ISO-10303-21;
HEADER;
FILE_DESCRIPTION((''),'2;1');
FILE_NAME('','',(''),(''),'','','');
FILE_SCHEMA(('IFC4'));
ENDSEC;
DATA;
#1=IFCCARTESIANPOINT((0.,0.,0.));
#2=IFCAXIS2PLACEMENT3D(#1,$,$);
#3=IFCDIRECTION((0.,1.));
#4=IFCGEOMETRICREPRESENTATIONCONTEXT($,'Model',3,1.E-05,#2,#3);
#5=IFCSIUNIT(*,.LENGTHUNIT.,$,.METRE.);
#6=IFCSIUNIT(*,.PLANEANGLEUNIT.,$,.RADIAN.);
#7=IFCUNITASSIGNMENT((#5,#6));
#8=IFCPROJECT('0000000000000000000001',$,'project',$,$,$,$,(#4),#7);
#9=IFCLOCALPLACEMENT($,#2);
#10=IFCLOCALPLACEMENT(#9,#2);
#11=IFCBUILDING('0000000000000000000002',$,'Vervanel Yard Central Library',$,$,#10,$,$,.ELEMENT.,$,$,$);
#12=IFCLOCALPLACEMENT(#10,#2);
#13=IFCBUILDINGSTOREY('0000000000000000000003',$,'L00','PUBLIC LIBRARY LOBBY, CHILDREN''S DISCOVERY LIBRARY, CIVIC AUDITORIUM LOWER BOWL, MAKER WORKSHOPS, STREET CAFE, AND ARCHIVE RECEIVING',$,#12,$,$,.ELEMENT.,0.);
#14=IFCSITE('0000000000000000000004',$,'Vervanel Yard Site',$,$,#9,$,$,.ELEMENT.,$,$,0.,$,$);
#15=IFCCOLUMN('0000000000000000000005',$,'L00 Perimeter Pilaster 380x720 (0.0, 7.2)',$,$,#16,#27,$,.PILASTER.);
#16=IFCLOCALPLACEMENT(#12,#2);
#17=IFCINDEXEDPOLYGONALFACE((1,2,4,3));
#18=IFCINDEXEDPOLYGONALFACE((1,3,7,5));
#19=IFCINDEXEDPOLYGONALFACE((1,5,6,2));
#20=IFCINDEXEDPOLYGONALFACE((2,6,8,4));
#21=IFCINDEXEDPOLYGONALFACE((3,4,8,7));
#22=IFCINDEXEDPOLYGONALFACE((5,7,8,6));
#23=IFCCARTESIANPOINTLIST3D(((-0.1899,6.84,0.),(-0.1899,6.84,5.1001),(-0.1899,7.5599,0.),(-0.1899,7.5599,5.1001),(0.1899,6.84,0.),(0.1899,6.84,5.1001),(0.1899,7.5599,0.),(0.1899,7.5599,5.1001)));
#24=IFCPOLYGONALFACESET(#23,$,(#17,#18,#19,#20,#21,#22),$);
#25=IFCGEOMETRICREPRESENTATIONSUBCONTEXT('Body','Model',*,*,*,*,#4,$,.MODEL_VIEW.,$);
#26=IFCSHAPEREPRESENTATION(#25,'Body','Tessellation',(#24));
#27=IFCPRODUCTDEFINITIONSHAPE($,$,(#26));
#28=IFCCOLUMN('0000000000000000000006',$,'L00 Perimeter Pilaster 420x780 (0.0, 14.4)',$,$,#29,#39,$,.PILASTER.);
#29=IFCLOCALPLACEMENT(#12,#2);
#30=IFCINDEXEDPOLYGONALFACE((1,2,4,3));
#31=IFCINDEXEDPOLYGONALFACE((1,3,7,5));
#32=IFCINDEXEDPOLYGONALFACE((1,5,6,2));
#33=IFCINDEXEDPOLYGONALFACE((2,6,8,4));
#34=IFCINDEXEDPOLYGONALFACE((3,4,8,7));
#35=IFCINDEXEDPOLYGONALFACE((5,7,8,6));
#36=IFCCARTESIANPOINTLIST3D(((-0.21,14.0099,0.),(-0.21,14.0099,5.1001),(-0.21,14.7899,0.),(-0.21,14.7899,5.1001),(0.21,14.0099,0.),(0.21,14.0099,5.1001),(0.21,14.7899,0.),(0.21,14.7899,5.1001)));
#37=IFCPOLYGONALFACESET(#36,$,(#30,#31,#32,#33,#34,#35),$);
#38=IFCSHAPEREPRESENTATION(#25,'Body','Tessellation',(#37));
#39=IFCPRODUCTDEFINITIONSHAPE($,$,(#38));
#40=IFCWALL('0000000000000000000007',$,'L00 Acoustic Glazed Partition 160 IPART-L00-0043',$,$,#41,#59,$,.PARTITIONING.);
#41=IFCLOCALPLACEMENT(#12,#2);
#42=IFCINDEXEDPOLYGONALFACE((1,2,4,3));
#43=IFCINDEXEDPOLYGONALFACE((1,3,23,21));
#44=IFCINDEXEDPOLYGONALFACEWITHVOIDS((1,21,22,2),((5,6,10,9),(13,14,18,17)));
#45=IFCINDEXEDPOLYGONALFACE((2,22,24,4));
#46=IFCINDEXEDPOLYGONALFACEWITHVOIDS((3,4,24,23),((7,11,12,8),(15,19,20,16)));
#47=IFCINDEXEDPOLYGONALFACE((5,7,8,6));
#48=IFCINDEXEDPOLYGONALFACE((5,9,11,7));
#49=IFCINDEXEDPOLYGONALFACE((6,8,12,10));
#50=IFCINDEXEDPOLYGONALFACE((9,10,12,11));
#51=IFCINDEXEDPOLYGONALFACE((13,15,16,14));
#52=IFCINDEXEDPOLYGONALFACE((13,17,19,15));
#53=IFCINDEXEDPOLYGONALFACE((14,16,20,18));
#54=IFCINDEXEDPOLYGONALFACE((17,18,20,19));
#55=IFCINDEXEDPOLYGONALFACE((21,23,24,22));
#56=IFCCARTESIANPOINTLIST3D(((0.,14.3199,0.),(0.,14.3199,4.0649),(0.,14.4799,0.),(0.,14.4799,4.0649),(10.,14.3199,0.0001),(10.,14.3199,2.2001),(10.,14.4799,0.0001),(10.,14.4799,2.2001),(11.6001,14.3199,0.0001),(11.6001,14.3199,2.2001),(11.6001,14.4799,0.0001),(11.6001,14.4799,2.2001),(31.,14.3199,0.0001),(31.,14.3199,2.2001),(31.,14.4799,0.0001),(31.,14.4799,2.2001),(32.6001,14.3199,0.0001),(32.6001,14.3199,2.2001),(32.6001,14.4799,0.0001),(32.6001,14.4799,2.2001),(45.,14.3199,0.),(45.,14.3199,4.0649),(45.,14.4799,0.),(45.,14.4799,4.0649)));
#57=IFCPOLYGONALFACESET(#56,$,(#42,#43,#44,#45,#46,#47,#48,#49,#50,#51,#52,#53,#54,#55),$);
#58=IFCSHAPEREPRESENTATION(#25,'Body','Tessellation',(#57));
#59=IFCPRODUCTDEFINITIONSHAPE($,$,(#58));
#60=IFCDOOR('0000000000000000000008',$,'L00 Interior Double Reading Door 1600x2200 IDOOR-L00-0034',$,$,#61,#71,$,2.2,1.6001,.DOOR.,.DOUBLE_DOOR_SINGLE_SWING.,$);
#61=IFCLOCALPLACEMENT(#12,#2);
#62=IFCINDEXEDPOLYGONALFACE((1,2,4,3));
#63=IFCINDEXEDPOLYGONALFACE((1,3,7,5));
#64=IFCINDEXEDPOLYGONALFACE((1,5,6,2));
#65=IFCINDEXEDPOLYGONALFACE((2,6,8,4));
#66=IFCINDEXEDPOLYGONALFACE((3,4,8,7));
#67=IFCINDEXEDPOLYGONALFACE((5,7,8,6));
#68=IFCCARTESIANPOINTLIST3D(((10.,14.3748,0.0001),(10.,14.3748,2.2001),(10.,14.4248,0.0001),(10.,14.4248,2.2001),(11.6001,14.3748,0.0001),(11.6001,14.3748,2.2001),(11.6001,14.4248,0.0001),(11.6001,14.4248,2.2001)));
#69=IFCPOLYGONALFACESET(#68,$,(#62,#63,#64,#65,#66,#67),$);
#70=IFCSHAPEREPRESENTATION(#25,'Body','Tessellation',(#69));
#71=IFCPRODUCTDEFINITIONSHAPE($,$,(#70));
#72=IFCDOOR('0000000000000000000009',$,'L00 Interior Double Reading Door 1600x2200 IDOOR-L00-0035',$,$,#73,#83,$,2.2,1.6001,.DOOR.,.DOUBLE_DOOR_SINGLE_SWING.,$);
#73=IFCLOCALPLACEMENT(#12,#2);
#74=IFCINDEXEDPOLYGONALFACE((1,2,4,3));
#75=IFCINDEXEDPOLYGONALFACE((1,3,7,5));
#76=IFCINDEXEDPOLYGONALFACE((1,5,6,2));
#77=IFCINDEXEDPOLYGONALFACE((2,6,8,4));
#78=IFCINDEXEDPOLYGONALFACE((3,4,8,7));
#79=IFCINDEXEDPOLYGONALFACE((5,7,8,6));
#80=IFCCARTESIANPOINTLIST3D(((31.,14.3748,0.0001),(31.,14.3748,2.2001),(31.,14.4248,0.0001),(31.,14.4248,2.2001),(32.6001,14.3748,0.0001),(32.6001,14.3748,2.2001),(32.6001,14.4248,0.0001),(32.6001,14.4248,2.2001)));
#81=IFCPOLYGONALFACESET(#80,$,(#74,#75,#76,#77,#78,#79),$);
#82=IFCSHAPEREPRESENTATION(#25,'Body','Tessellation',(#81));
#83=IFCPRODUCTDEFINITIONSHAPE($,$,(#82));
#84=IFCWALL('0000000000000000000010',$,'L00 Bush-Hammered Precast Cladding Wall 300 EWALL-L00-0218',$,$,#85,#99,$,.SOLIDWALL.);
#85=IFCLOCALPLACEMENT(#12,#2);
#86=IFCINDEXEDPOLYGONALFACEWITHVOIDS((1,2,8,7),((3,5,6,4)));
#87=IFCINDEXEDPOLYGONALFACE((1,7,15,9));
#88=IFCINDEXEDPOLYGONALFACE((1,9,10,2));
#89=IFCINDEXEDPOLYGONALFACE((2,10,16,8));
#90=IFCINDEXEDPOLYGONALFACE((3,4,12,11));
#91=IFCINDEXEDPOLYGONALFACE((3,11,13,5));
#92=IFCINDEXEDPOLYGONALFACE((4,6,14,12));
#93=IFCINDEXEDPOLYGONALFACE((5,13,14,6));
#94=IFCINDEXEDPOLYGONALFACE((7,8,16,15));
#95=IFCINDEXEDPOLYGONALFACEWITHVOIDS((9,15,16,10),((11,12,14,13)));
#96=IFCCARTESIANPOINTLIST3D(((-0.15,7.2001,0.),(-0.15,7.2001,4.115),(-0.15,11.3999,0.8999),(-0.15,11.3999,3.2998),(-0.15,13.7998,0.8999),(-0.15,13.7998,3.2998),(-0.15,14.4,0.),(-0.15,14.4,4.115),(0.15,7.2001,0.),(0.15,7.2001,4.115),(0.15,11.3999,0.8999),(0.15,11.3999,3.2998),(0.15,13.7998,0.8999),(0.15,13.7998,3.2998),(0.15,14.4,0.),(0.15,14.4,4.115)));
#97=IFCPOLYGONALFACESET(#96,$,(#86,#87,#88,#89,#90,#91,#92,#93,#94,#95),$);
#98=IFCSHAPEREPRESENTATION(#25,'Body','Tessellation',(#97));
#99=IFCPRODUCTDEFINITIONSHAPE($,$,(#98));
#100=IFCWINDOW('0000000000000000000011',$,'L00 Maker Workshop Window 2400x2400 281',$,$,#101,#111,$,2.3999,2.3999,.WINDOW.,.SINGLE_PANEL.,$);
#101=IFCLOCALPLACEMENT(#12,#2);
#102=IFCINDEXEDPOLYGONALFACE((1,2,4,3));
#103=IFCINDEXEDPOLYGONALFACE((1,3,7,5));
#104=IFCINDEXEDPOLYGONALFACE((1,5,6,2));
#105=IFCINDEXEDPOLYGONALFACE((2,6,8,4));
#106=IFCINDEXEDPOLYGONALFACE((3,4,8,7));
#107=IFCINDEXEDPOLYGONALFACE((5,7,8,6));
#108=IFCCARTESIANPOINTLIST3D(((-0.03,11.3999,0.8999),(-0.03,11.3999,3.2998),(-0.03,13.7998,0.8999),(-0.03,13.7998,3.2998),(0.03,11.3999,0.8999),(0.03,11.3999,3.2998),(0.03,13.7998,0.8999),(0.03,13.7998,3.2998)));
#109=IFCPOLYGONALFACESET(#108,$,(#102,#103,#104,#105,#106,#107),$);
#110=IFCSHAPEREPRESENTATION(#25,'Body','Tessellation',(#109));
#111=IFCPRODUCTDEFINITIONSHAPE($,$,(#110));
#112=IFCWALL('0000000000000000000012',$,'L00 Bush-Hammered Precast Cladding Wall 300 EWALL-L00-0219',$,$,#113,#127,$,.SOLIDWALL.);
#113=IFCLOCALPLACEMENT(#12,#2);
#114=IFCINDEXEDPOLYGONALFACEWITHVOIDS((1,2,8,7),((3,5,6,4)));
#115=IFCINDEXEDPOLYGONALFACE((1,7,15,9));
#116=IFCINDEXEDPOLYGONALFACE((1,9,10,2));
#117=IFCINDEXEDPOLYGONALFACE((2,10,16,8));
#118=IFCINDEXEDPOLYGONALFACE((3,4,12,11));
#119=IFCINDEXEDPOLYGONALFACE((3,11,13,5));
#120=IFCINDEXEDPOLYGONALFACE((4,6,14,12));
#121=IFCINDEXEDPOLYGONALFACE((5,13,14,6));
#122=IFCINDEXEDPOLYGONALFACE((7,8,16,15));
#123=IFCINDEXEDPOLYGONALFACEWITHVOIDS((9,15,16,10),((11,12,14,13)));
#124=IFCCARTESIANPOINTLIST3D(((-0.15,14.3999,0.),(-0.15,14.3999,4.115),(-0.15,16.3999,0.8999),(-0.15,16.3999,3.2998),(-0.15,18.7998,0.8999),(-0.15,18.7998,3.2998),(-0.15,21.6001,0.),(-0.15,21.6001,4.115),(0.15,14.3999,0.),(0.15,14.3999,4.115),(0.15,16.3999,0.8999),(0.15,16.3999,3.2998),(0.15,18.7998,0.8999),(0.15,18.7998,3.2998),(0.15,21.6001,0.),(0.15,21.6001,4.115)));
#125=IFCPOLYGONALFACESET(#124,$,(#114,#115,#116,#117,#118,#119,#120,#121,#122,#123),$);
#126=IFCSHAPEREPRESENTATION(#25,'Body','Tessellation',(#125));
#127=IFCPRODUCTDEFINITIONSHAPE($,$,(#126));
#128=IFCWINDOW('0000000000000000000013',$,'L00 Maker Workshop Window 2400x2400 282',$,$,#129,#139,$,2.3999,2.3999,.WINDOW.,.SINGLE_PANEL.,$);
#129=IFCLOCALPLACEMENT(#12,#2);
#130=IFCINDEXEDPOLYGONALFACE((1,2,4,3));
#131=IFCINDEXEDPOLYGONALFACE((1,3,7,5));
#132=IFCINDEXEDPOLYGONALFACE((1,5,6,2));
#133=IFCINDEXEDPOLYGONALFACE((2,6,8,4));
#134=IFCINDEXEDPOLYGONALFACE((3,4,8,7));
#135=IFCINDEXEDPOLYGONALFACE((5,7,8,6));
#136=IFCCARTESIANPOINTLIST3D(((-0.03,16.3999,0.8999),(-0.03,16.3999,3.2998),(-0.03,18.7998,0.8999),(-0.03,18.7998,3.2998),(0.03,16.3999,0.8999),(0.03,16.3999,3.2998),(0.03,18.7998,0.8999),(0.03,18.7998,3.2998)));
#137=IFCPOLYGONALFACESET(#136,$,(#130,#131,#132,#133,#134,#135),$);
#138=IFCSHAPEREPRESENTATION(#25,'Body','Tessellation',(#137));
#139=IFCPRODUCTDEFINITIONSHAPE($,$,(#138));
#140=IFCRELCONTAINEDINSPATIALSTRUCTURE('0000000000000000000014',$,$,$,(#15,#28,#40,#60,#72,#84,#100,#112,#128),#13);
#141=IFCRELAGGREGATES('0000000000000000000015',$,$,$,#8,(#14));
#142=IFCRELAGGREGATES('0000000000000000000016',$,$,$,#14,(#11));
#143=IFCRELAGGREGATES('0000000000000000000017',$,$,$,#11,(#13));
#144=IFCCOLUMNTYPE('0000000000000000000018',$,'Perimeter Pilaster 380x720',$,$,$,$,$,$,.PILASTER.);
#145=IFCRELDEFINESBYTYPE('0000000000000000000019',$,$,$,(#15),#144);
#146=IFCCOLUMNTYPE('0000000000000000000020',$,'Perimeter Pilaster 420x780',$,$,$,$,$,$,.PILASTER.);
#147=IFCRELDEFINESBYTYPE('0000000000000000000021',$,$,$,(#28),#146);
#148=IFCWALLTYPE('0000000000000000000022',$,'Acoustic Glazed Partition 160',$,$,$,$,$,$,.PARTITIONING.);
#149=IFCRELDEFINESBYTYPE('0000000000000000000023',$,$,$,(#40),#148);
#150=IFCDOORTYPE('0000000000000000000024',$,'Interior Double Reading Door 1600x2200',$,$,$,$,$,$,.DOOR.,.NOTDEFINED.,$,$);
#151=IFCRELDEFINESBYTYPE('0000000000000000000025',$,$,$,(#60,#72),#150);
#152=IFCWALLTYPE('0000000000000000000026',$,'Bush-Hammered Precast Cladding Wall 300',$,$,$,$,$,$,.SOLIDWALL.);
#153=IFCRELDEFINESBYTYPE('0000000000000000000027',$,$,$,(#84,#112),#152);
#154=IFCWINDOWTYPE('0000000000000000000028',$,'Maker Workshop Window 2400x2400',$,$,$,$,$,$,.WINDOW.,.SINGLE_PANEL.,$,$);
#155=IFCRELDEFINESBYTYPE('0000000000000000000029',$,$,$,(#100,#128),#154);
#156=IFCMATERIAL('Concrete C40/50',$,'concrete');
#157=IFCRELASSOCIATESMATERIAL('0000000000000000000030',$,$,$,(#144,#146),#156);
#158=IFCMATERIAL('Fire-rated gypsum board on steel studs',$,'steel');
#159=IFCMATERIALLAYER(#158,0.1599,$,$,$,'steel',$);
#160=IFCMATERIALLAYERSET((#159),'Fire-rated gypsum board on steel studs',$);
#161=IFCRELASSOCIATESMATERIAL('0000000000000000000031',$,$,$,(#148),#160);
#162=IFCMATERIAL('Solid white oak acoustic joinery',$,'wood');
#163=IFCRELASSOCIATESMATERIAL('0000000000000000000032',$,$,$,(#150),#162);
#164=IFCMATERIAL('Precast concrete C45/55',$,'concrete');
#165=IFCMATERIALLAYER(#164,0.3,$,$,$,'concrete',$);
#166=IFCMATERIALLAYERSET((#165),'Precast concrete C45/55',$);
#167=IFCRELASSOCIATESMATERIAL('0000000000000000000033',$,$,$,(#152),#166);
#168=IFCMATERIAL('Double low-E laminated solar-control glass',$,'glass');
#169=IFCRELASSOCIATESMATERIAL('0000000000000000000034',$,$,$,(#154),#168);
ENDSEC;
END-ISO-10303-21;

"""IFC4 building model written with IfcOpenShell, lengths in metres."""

from ifc_helpers import new_model, si_unit, direction, frame, frame_2d, origin, origin_2d, place, context, subcontext, project, spatial, rectangle, extrude, material, layer, layer_set, material_profile, profile_set, type_object, element, fill, save


model = new_model("IFC4")

# Units and contexts
model_context = context("Model", 3, precision=1e-05, world=origin(), true_north=direction((0.0, 1.0)))
body_context = subcontext(model_context, "Body", "Model", "MODEL_VIEW")
ifc_project = project(units=[si_unit("LENGTHUNIT", "METRE"), si_unit("PLANEANGLEUNIT", "RADIAN")], contexts=[model_context])

# Site, building, storey
site_placement = place(None, origin())
site = spatial("IfcSite", under=ifc_project, at=site_placement, Name="Vervanel Yard Site", CompositionType="ELEMENT", RefElevation=0.0)
building_placement = place(site_placement, origin())
building = spatial("IfcBuilding", under=site, at=building_placement, Name="Vervanel Yard Central Library", CompositionType="ELEMENT")
storey_placement = place(building_placement, origin())
storey = spatial("IfcBuildingStorey", under=building, at=storey_placement, Name="L00", Description="PUBLIC LIBRARY LOBBY, CHILDREN'S DISCOVERY LIBRARY, CIVIC AUDITORIUM LOWER BOWL, MAKER WORKSHOPS, STREET CAFE, AND ARCHIVE RECEIVING", CompositionType="ELEMENT", Elevation=0.0)

# Shared definitions
ifc_material_1 = material(Name="Concrete C40/50", Category="concrete")

# Columns
ifc_material_profile_1 = material_profile(ifc_material_1, rectangle(XDim=0.3799, YDim=0.72, at=origin_2d()), Name="RC 380x720", Category="concrete")
ifc_profile_set_1 = profile_set([ifc_material_profile_1], Name="Concrete C40/50")
column_type_1 = type_object("IfcColumnType", Name="Perimeter Pilaster 380x720", PredefinedType="PILASTER", material=ifc_profile_set_1)
column_1_placement = place(storey_placement, frame((0.0, 7.2, 0.0), z_axis=(0.0, 0.0, 1.0), x_axis=(1.0, 0.0, 0.0)))
element("IfcColumn", 1, at=column_1_placement, inside=storey, type_object=column_type_1, Name="L00 Perimeter Pilaster 380x720 (0.0, 7.2)", PredefinedType="PILASTER", context=body_context, shape_type="SweptSolid", body=[
    extrude(rectangle(XDim=0.3799, YDim=0.72, at=origin_2d()), origin(), (0.0, 0.0, 1.0), 5.1001),
])
ifc_material_profile_2 = material_profile(ifc_material_1, rectangle(XDim=0.4199, YDim=0.78, at=origin_2d()), Name="RC 420x780", Category="concrete")
ifc_profile_set_2 = profile_set([ifc_material_profile_2], Name="Concrete C40/50")
column_type_2 = type_object("IfcColumnType", Name="Perimeter Pilaster 420x780", PredefinedType="PILASTER", material=ifc_profile_set_2)
column_2_placement = place(storey_placement, frame((0.0, 14.3999, 0.0), z_axis=(0.0, 0.0, 1.0), x_axis=(1.0, 0.0, 0.0)))
element("IfcColumn", 2, at=column_2_placement, inside=storey, type_object=column_type_2, Name="L00 Perimeter Pilaster 420x780 (0.0, 14.4)", PredefinedType="PILASTER", context=body_context, shape_type="SweptSolid", body=[
    extrude(rectangle(XDim=0.4199, YDim=0.78, at=origin_2d()), origin(), (0.0, 0.0, 1.0), 5.1001),
])

# Wall, openings, doors
ifc_material_2 = material(Name="Fire-rated gypsum board on steel studs", Category="steel")
ifc_layer_1 = layer(ifc_material_2, 0.1599, Category="steel")
ifc_layer_set_1 = layer_set([ifc_layer_1], Name="Fire-rated gypsum board on steel studs")
wall_type_1 = type_object("IfcWallType", Name="Acoustic Glazed Partition 160", PredefinedType="PARTITIONING", material=ifc_layer_set_1)
wall_1_placement = place(storey_placement, frame((0.0, 14.3999, 0.0), z_axis=(0.0, 0.0, 1.0), x_axis=(1.0, 0.0, 0.0)))
wall_1 = element("IfcWall", 3, at=wall_1_placement, inside=storey, type_object=wall_type_1, Name="L00 Acoustic Glazed Partition 160 IPART-L00-0043", PredefinedType="PARTITIONING", context=body_context, shape_type="SweptSolid", body=[
    extrude(rectangle(XDim=45.0, YDim=0.1599, at=frame_2d((22.5, 0.0))), origin(), (0.0, 0.0, 1.0), 4.0649),
])
opening_1_placement = place(wall_1_placement, frame((10.0, 0.0, 0.0)))
opening_1 = element("IfcOpeningElement", 4, at=opening_1_placement, cuts=wall_1, PredefinedType="OPENING", context=body_context, shape_type="SweptSolid", body=[
    extrude(rectangle(XDim=1.6001, YDim=2.2, at=frame_2d((0.8, 1.1001))), frame((0.0, 0.0898, 0.0), z_axis=(0.0, -1.0, 0.0), x_axis=(1.0, 0.0, 0.0)), (0.0, 0.0, 1.0), 0.1799),
])
opening_2_placement = place(wall_1_placement, frame((31.0, 0.0, 0.0)))
opening_2 = element("IfcOpeningElement", 5, at=opening_2_placement, cuts=wall_1, PredefinedType="OPENING", context=body_context, shape_type="SweptSolid", body=[
    extrude(rectangle(XDim=1.6001, YDim=2.2, at=frame_2d((0.8, 1.1001))), frame((0.0, 0.0898, 0.0), z_axis=(0.0, -1.0, 0.0), x_axis=(1.0, 0.0, 0.0)), (0.0, 0.0, 1.0), 0.1799),
])
ifc_material_3 = material(Name="Solid white oak acoustic joinery", Category="wood")
door_type_1 = type_object("IfcDoorType", Name="Interior Double Reading Door 1600x2200", OperationType="NOTDEFINED", PredefinedType="DOOR", material=ifc_material_3)
door_1_placement = place(opening_1_placement, origin())
door_1 = element("IfcDoor", 6, at=door_1_placement, inside=storey, type_object=door_type_1, Name="L00 Interior Double Reading Door 1600x2200 IDOOR-L00-0034", OperationType="DOUBLE_DOOR_SINGLE_SWING", OverallHeight=2.2, OverallWidth=1.6001, PredefinedType="DOOR", context=body_context, shape_type="SweptSolid", body=[
    extrude(rectangle(XDim=1.6001, YDim=2.2, at=frame_2d((0.8, 1.1001))), frame((0.0, 0.0249, 0.0), z_axis=(0.0, -1.0, 0.0), x_axis=(1.0, 0.0, 0.0)), (0.0, 0.0, 1.0), 0.05),
])
fill(opening_1, door_1)
door_2_placement = place(opening_2_placement, origin())
door_2 = element("IfcDoor", 7, at=door_2_placement, inside=storey, type_object=door_type_1, Name="L00 Interior Double Reading Door 1600x2200 IDOOR-L00-0035", OperationType="DOUBLE_DOOR_SINGLE_SWING", OverallHeight=2.2, OverallWidth=1.6001, PredefinedType="DOOR", context=body_context, shape_type="SweptSolid", body=[
    extrude(rectangle(XDim=1.6001, YDim=2.2, at=frame_2d((0.8, 1.1001))), frame((0.0, 0.0249, 0.0), z_axis=(0.0, -1.0, 0.0), x_axis=(1.0, 0.0, 0.0)), (0.0, 0.0, 1.0), 0.05),
])
fill(opening_2, door_2)

# Walls, openings, windows
ifc_material_4 = material(Name="Precast concrete C45/55", Category="concrete")
ifc_layer_2 = layer(ifc_material_4, 0.3, Category="concrete")
ifc_layer_set_2 = layer_set([ifc_layer_2], Name="Precast concrete C45/55")
wall_type_2 = type_object("IfcWallType", Name="Bush-Hammered Precast Cladding Wall 300", PredefinedType="SOLIDWALL", material=ifc_layer_set_2)
wall_2_placement = place(storey_placement, frame((0.0, 7.2, 0.0), z_axis=(0.0, 0.0, 1.0), x_axis=(0.0, 1.0, 0.0)))
wall_2 = element("IfcWall", 8, at=wall_2_placement, inside=storey, type_object=wall_type_2, Name="L00 Bush-Hammered Precast Cladding Wall 300 EWALL-L00-0218", PredefinedType="SOLIDWALL", context=body_context, shape_type="SweptSolid", body=[
    extrude(rectangle(XDim=7.2, YDim=0.3, at=frame_2d((3.6001, 0.0))), origin(), (0.0, 0.0, 1.0), 4.115),
])
opening_3_placement = place(wall_2_placement, frame((4.2, 0.0, 0.8999)))
opening_3 = element("IfcOpeningElement", 9, at=opening_3_placement, cuts=wall_2, PredefinedType="OPENING", context=body_context, shape_type="SweptSolid", body=[
    extrude(rectangle(XDim=2.3999, YDim=2.3999, at=frame_2d((1.2, 1.2))), frame((0.0, 0.1599, 0.0), z_axis=(0.0, -1.0, 0.0), x_axis=(1.0, 0.0, 0.0)), (0.0, 0.0, 1.0), 0.3201),
])
ifc_material_5 = material(Name="Double low-E laminated solar-control glass", Category="glass")
window_type = type_object("IfcWindowType", Name="Maker Workshop Window 2400x2400", PartitioningType="SINGLE_PANEL", PredefinedType="WINDOW", material=ifc_material_5)
window_1_placement = place(opening_3_placement, origin())
window_1 = element("IfcWindow", 10, at=window_1_placement, inside=storey, type_object=window_type, Name="L00 Maker Workshop Window 2400x2400 281", OverallHeight=2.3999, OverallWidth=2.3999, PartitioningType="SINGLE_PANEL", PredefinedType="WINDOW", context=body_context, shape_type="SweptSolid", body=[
    extrude(rectangle(XDim=2.3999, YDim=2.3999, at=frame_2d((1.2, 1.2))), frame((0.0, 0.03, 0.0), z_axis=(0.0, -1.0, 0.0), x_axis=(1.0, 0.0, 0.0)), (0.0, 0.0, 1.0), 0.0601),
])
fill(opening_3, window_1)
wall_3_placement = place(storey_placement, frame((0.0, 14.3999, 0.0), z_axis=(0.0, 0.0, 1.0), x_axis=(0.0, 1.0, 0.0)))
wall_3 = element("IfcWall", 11, at=wall_3_placement, inside=storey, type_object=wall_type_2, Name="L00 Bush-Hammered Precast Cladding Wall 300 EWALL-L00-0219", PredefinedType="SOLIDWALL", context=body_context, shape_type="SweptSolid", body=[
    extrude(rectangle(XDim=7.2002, YDim=0.3, at=frame_2d((3.6001, 0.0))), origin(), (0.0, 0.0, 1.0), 4.115),
])
opening_4_placement = place(wall_3_placement, frame((2.0, 0.0, 0.8999)))
opening_4 = element("IfcOpeningElement", 12, at=opening_4_placement, cuts=wall_3, PredefinedType="OPENING", context=body_context, shape_type="SweptSolid", body=[
    extrude(rectangle(XDim=2.3999, YDim=2.3999, at=frame_2d((1.2, 1.2))), frame((0.0, 0.1599, 0.0), z_axis=(0.0, -1.0, 0.0), x_axis=(1.0, 0.0, 0.0)), (0.0, 0.0, 1.0), 0.3201),
])
window_2_placement = place(opening_4_placement, origin())
window_2 = element("IfcWindow", 13, at=window_2_placement, inside=storey, type_object=window_type, Name="L00 Maker Workshop Window 2400x2400 282", OverallHeight=2.3999, OverallWidth=2.3999, PartitioningType="SINGLE_PANEL", PredefinedType="WINDOW", context=body_context, shape_type="SweptSolid", body=[
    extrude(rectangle(XDim=2.3999, YDim=2.3999, at=frame_2d((1.2, 1.2))), frame((0.0, 0.03, 0.0), z_axis=(0.0, -1.0, 0.0), x_axis=(1.0, 0.0, 0.0)), (0.0, 0.0, 1.0), 0.0601),
])
fill(opening_4, window_2)

save(model, "model.ifc")
